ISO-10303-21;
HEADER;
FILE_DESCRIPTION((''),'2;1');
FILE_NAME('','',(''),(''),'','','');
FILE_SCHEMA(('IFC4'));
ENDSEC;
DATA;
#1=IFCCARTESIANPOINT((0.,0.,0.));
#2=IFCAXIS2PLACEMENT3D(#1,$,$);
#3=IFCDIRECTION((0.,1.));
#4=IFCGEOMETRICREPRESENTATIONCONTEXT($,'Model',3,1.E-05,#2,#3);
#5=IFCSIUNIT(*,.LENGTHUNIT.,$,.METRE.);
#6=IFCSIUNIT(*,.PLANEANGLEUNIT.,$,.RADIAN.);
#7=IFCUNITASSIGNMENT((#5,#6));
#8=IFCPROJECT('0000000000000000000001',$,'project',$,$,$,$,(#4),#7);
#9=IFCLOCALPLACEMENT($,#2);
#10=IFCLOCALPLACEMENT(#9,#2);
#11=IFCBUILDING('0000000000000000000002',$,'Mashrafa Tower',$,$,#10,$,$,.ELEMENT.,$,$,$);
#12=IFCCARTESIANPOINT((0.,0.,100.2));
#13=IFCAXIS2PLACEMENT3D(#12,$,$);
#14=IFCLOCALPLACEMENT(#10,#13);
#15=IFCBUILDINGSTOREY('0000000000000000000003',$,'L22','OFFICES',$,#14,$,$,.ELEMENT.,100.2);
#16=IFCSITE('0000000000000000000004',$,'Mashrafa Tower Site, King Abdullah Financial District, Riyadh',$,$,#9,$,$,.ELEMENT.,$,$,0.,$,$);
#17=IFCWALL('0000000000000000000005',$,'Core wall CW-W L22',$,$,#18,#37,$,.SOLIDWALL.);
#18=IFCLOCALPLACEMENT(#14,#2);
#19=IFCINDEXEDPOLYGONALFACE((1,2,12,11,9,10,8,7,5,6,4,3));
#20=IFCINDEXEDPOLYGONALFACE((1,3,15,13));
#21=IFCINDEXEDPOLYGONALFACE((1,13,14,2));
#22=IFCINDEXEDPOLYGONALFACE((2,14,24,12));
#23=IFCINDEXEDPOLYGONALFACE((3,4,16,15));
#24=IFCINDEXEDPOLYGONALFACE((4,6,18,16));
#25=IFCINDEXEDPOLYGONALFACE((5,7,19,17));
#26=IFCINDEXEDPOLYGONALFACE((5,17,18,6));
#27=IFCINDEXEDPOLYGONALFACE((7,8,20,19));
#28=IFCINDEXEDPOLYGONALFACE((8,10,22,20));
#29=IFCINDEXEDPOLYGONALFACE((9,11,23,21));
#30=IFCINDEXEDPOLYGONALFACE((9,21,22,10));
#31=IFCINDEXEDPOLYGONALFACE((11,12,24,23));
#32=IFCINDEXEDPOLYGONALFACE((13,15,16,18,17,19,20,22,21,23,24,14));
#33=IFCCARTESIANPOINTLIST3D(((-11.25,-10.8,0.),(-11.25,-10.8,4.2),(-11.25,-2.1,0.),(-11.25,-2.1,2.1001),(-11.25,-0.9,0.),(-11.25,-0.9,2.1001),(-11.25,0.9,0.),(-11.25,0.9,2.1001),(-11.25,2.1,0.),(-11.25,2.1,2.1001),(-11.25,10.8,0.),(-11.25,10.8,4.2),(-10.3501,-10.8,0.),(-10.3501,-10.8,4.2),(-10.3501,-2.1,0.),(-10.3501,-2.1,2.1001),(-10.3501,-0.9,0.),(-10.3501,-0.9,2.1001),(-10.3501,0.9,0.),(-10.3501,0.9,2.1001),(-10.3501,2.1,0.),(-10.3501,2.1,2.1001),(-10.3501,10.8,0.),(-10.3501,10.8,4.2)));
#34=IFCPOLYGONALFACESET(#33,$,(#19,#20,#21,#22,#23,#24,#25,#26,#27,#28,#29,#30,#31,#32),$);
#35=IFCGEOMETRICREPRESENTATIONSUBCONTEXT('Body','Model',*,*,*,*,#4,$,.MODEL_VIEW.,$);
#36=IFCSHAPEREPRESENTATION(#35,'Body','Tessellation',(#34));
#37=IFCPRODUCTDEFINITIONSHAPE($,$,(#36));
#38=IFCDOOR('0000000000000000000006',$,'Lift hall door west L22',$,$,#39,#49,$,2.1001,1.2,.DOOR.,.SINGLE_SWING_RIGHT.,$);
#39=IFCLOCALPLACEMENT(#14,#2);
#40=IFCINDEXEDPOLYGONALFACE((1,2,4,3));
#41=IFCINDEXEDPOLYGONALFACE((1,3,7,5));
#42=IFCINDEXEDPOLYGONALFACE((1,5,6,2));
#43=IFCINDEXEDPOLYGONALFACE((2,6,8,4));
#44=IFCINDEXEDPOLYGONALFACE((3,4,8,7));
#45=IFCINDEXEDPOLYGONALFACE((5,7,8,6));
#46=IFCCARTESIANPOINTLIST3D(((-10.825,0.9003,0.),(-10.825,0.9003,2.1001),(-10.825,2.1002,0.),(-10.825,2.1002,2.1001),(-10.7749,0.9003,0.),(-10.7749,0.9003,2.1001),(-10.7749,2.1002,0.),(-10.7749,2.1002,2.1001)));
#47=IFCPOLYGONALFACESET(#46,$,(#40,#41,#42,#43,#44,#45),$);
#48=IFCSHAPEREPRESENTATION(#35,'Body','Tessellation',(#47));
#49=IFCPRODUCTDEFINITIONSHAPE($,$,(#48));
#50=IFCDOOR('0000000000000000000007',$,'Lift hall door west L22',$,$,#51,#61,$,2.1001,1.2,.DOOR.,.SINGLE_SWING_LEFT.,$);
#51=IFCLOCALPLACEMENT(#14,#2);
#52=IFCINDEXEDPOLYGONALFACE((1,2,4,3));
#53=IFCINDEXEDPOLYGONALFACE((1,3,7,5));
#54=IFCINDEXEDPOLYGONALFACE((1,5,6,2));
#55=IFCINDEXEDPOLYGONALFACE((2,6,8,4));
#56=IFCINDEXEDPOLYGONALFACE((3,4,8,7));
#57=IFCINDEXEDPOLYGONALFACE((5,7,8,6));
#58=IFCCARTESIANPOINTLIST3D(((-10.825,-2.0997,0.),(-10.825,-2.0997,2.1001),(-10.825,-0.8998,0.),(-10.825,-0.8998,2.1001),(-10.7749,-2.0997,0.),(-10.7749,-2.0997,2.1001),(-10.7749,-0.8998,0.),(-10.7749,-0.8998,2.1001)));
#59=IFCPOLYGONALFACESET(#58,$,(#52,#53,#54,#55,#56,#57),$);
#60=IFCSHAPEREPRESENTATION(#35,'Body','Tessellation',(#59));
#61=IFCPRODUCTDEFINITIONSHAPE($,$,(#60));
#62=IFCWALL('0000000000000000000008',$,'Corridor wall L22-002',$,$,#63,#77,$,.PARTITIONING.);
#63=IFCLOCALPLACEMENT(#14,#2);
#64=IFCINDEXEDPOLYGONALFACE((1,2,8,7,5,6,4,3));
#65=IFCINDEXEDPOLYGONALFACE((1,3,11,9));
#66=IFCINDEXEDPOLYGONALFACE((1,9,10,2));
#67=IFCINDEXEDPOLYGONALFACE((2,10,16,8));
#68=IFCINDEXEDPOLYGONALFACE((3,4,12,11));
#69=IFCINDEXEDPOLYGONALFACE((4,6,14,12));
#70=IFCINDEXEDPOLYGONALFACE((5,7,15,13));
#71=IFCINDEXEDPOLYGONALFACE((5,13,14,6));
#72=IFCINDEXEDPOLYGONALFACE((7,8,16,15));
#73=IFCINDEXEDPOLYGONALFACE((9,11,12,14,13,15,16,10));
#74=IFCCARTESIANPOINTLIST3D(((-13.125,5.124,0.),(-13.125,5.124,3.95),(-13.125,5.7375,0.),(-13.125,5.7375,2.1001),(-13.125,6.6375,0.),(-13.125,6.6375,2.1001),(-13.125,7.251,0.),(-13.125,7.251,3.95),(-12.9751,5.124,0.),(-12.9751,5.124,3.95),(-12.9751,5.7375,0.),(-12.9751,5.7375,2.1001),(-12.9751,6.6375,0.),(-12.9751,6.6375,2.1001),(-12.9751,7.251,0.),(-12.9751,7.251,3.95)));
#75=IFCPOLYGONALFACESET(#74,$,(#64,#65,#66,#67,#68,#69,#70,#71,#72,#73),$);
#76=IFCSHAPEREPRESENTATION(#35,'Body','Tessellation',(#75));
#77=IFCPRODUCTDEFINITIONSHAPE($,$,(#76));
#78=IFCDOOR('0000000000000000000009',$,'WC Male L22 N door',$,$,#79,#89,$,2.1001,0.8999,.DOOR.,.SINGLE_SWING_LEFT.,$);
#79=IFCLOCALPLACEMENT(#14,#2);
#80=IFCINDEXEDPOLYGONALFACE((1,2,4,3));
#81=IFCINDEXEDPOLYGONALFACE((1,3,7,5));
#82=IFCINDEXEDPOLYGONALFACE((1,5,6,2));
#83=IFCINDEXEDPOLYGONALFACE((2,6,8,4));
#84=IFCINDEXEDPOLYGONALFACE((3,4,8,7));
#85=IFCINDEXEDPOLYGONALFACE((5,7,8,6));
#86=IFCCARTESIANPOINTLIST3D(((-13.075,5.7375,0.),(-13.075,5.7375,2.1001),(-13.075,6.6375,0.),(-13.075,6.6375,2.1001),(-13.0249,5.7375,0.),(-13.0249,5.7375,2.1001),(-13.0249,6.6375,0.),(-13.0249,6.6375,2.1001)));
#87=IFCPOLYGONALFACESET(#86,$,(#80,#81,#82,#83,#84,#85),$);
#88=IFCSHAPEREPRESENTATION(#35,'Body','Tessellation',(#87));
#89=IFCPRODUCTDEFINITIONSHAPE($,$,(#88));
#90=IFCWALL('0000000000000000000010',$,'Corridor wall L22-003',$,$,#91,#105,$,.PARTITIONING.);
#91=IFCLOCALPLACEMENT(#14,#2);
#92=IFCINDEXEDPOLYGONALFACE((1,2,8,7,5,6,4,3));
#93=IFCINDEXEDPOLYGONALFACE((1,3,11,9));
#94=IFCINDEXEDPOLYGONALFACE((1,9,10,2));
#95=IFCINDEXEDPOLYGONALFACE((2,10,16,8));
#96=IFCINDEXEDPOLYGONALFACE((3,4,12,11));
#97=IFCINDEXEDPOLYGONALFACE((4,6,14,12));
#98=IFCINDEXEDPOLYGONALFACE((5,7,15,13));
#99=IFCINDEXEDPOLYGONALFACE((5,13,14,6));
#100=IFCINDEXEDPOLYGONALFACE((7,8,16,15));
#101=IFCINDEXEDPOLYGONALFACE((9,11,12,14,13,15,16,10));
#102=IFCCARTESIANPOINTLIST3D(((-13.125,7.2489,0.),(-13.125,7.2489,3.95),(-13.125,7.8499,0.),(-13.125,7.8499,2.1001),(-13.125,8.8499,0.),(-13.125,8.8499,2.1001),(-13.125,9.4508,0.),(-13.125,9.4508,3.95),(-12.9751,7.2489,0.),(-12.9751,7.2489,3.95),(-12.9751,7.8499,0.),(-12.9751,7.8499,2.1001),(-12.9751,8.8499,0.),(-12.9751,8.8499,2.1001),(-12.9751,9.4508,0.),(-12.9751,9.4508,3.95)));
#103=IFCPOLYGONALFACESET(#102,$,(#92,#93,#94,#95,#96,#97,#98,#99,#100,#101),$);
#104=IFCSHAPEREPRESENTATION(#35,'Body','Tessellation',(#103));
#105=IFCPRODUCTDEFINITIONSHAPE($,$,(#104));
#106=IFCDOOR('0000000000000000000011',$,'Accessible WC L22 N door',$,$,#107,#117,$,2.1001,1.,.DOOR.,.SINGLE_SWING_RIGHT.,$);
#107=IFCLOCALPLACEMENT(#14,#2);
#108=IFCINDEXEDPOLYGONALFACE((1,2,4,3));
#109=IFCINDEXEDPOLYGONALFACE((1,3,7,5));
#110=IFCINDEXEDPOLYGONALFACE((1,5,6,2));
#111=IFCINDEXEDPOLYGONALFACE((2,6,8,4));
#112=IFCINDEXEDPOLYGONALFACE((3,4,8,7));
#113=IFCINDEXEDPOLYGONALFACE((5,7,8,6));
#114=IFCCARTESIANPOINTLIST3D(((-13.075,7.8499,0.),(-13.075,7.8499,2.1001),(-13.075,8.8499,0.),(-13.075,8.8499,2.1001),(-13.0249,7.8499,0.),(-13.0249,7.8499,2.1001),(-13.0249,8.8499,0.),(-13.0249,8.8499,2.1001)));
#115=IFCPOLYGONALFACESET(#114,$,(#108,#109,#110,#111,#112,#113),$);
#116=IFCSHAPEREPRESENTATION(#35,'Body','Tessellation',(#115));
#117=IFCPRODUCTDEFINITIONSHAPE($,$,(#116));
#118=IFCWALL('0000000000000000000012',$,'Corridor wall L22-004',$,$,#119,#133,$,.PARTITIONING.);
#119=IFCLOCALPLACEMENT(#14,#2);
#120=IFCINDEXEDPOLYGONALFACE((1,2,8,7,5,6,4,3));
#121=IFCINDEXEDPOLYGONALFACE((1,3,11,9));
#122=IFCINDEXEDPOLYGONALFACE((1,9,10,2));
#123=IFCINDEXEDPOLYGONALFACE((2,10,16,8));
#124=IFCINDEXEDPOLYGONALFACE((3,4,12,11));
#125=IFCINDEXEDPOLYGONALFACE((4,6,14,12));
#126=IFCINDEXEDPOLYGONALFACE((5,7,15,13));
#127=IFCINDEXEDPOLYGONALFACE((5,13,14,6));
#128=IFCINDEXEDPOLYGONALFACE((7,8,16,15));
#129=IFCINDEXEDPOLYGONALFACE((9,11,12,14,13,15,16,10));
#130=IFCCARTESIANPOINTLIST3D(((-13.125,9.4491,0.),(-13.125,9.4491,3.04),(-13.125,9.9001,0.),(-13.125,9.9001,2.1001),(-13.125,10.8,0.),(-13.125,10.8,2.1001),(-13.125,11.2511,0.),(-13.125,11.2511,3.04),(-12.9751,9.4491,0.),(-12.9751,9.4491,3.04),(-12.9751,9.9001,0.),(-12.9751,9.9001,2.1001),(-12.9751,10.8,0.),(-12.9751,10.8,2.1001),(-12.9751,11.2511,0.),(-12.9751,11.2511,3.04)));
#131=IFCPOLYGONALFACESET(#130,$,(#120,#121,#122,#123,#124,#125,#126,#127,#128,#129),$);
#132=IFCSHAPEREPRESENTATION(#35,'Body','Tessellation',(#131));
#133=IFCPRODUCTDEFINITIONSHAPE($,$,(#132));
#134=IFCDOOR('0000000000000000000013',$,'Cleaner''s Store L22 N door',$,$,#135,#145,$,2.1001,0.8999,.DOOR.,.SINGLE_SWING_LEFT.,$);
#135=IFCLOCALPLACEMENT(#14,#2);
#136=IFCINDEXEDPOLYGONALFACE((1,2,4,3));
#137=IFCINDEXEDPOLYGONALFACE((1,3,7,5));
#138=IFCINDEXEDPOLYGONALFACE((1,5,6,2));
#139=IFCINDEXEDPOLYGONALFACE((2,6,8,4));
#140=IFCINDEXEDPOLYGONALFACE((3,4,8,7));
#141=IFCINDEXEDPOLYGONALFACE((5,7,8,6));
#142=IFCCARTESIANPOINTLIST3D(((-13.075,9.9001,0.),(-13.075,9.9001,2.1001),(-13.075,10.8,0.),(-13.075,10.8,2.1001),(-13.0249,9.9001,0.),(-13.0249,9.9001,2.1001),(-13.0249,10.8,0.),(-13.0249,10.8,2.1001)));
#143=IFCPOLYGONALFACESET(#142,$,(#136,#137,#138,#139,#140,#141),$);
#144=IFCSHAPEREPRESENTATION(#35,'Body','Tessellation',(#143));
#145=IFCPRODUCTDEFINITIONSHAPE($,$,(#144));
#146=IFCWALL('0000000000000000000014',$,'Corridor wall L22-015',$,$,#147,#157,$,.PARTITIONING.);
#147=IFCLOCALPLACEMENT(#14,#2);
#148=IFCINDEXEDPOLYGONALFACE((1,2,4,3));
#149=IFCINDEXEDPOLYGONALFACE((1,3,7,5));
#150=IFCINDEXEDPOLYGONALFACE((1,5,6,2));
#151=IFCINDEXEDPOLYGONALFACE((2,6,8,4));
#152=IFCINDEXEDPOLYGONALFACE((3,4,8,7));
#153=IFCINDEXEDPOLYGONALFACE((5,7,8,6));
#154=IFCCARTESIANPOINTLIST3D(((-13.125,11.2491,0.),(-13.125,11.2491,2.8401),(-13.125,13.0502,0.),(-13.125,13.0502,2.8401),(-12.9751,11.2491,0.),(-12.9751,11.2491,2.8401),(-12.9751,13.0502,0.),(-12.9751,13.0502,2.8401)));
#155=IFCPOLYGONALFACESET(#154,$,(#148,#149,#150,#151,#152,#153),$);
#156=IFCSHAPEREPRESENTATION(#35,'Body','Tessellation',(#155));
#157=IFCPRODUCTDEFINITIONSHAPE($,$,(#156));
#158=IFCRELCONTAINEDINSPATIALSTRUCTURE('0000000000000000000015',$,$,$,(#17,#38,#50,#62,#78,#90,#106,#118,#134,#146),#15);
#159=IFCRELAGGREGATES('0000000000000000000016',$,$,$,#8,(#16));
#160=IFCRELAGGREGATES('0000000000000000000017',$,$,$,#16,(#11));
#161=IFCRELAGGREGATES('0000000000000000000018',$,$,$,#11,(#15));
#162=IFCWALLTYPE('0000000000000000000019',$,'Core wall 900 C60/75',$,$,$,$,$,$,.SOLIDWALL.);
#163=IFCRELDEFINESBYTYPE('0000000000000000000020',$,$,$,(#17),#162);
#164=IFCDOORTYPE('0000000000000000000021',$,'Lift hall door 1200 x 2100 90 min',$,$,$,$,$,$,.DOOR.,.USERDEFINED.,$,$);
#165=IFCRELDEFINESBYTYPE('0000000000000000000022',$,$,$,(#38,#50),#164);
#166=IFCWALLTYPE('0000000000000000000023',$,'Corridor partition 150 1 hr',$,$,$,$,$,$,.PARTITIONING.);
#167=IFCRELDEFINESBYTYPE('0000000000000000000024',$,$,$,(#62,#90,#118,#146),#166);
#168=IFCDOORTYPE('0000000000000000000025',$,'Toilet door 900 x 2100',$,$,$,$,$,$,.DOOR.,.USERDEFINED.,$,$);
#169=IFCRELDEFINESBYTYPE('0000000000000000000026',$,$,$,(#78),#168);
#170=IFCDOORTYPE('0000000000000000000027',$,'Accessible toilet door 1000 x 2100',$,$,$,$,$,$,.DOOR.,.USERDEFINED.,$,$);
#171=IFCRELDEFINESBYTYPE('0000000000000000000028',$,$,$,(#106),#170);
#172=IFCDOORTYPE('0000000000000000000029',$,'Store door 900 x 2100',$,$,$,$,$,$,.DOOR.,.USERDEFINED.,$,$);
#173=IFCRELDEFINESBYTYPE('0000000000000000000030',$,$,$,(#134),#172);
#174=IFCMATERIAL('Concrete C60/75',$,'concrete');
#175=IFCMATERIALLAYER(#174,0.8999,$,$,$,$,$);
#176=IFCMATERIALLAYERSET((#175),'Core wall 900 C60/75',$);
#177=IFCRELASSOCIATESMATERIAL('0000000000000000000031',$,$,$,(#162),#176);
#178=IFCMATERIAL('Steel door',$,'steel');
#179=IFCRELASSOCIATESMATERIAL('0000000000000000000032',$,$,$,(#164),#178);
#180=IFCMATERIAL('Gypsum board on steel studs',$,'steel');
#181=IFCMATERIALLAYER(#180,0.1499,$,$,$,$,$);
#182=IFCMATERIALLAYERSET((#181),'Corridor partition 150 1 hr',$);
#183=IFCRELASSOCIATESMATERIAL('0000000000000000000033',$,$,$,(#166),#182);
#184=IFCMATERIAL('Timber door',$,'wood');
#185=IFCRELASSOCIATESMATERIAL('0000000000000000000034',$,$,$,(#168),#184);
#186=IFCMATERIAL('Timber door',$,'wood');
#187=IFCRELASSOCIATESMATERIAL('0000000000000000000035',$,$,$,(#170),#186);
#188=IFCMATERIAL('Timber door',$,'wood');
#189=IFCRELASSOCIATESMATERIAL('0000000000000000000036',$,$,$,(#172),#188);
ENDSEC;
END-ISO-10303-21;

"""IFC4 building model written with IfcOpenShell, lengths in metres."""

from ifc_helpers import new_model, si_unit, direction, frame, frame_2d, origin, place, context, subcontext, project, spatial, rectangle, extrude, material, layer, layer_set, type_object, element, fill, save


model = new_model("IFC4")

# Units and contexts
model_context = context("Model", 3, precision=1e-05, world=origin(), true_north=direction((0.0, 1.0)))
body_context = subcontext(model_context, "Body", "Model", "MODEL_VIEW")
ifc_project = project(units=[si_unit("LENGTHUNIT", "METRE"), si_unit("PLANEANGLEUNIT", "RADIAN")], contexts=[model_context])

# Site, building, storey
site_placement = place(None, origin())
site = spatial("IfcSite", under=ifc_project, at=site_placement, Name="Mashrafa Tower Site, King Abdullah Financial District, Riyadh", CompositionType="ELEMENT", RefElevation=0.0)
building_placement = place(site_placement, origin())
building = spatial("IfcBuilding", under=site, at=building_placement, Name="Mashrafa Tower", CompositionType="ELEMENT")
storey_placement = place(building_placement, frame((0.0, 0.0, 100.2)))
storey = spatial("IfcBuildingStorey", under=building, at=storey_placement, Name="L22", Description="OFFICES", CompositionType="ELEMENT", Elevation=100.2)

# Wall, openings, doors
ifc_material_1 = material(Name="Concrete C60/75", Category="concrete")
ifc_layer_1 = layer(ifc_material_1, 0.8999)
ifc_layer_set_1 = layer_set([ifc_layer_1], Name="Core wall 900 C60/75")
wall_type_1 = type_object("IfcWallType", Name="Core wall 900 C60/75", PredefinedType="SOLIDWALL", material=ifc_layer_set_1)
wall_1_placement = place(storey_placement, frame((-10.8, 10.8, 0.0), z_axis=(0.0, 0.0, 1.0), x_axis=(0.0, -1.0, 0.0)))
wall_1 = element("IfcWall", 1, at=wall_1_placement, inside=storey, type_object=wall_type_1, Name="Core wall CW-W L22", PredefinedType="SOLIDWALL", context=body_context, shape_type="SweptSolid", body=[
    extrude(rectangle(XDim=21.6001, YDim=0.8999, at=frame_2d((10.8, 0.0))), origin(), (0.0, 0.0, 1.0), 4.2),
])
opening_1_placement = place(wall_1_placement, frame((8.7, 0.0, 0.0)))
opening_1 = element("IfcOpeningElement", 2, at=opening_1_placement, cuts=wall_1, PredefinedType="OPENING", context=body_context, shape_type="SweptSolid", body=[
    extrude(rectangle(XDim=1.2, YDim=2.1001, at=frame_2d((0.6001, 1.05))), frame((0.0, 0.46, 0.0), z_axis=(0.0, -1.0, 0.0), x_axis=(1.0, 0.0, 0.0)), (0.0, 0.0, 1.0), 0.9199),
])
opening_2_placement = place(wall_1_placement, frame((11.7, 0.0, 0.0)))
opening_2 = element("IfcOpeningElement", 3, at=opening_2_placement, cuts=wall_1, PredefinedType="OPENING", context=body_context, shape_type="SweptSolid", body=[
    extrude(rectangle(XDim=1.2, YDim=2.1001, at=frame_2d((0.6001, 1.05))), frame((0.0, 0.46, 0.0), z_axis=(0.0, -1.0, 0.0), x_axis=(1.0, 0.0, 0.0)), (0.0, 0.0, 1.0), 0.9199),
])
ifc_material_2 = material(Name="Steel door", Category="steel")
door_type_1 = type_object("IfcDoorType", Name="Lift hall door 1200 x 2100 90 min", OperationType="USERDEFINED", PredefinedType="DOOR", material=ifc_material_2)
door_1_placement = place(opening_1_placement, frame((1.2, 0.0, 0.0), z_axis=(0.0, 0.0, 1.0), x_axis=(-1.0, 0.0, 0.0)))
door_1 = element("IfcDoor", 4, at=door_1_placement, inside=storey, type_object=door_type_1, Name="Lift hall door west L22", OperationType="SINGLE_SWING_RIGHT", OverallHeight=2.1001, OverallWidth=1.2, PredefinedType="DOOR", context=body_context, shape_type="SweptSolid", body=[
    extrude(rectangle(XDim=1.2, YDim=2.1001, at=frame_2d((0.6001, 1.05))), frame((0.0, 0.0249, 0.0), z_axis=(0.0, -1.0, 0.0), x_axis=(1.0, 0.0, 0.0)), (0.0, 0.0, 1.0), 0.05),
])
fill(opening_1, door_1)
door_2_placement = place(opening_2_placement, frame((1.2, 0.0, 0.0), z_axis=(0.0, 0.0, 1.0), x_axis=(-1.0, 0.0, 0.0)))
door_2 = element("IfcDoor", 5, at=door_2_placement, inside=storey, type_object=door_type_1, Name="Lift hall door west L22", OperationType="SINGLE_SWING_LEFT", OverallHeight=2.1001, OverallWidth=1.2, PredefinedType="DOOR", context=body_context, shape_type="SweptSolid", body=[
    extrude(rectangle(XDim=1.2, YDim=2.1001, at=frame_2d((0.6001, 1.05))), frame((0.0, 0.0249, 0.0), z_axis=(0.0, -1.0, 0.0), x_axis=(1.0, 0.0, 0.0)), (0.0, 0.0, 1.0), 0.05),
])
fill(opening_2, door_2)

# Walls, openings, doors
ifc_material_3 = material(Name="Gypsum board on steel studs", Category="steel")
ifc_layer_2 = layer(ifc_material_3, 0.1499)
ifc_layer_set_2 = layer_set([ifc_layer_2], Name="Corridor partition 150 1 hr")
wall_type_2 = type_object("IfcWallType", Name="Corridor partition 150 1 hr", PredefinedType="PARTITIONING", material=ifc_layer_set_2)
wall_2_placement = place(storey_placement, frame((-13.05, 7.251, 0.0), z_axis=(0.0, 0.0, 1.0), x_axis=(0.0, -1.0, 0.0)))
wall_2 = element("IfcWall", 6, at=wall_2_placement, inside=storey, type_object=wall_type_2, Name="Corridor wall L22-002", PredefinedType="PARTITIONING", context=body_context, shape_type="SweptSolid", body=[
    extrude(rectangle(XDim=2.127, YDim=0.1499, at=frame_2d((1.0635, 0.0))), origin(), (0.0, 0.0, 1.0), 3.95),
])
opening_3_placement = place(wall_2_placement, frame((0.6135, 0.0, 0.0)))
opening_3 = element("IfcOpeningElement", 7, at=opening_3_placement, cuts=wall_2, PredefinedType="OPENING", context=body_context, shape_type="SweptSolid", body=[
    extrude(rectangle(XDim=0.8999, YDim=2.1001, at=frame_2d((0.45, 1.05))), frame((0.0, 0.085, 0.0), z_axis=(0.0, -1.0, 0.0), x_axis=(1.0, 0.0, 0.0)), (0.0, 0.0, 1.0), 0.1699),
])
ifc_material_4 = material(Name="Timber door", Category="wood")
door_type_2 = type_object("IfcDoorType", Name="Toilet door 900 x 2100", OperationType="USERDEFINED", PredefinedType="DOOR", material=ifc_material_4)
door_3_placement = place(opening_3_placement, frame((0.8999, 0.0, 0.0), z_axis=(0.0, 0.0, 1.0), x_axis=(-1.0, 0.0, 0.0)))
door_3 = element("IfcDoor", 8, at=door_3_placement, inside=storey, type_object=door_type_2, Name="WC Male L22 N door", OperationType="SINGLE_SWING_LEFT", OverallHeight=2.1001, OverallWidth=0.8999, PredefinedType="DOOR", context=body_context, shape_type="SweptSolid", body=[
    extrude(rectangle(XDim=0.8999, YDim=2.1001, at=frame_2d((0.45, 1.05))), frame((0.0, 0.0249, 0.0), z_axis=(0.0, -1.0, 0.0), x_axis=(1.0, 0.0, 0.0)), (0.0, 0.0, 1.0), 0.05),
])
fill(opening_3, door_3)
wall_3_placement = place(storey_placement, frame((-13.05, 9.4509, 0.0), z_axis=(0.0, 0.0, 1.0), x_axis=(0.0, -1.0, 0.0)))
wall_3 = element("IfcWall", 9, at=wall_3_placement, inside=storey, type_object=wall_type_2, Name="Corridor wall L22-003", PredefinedType="PARTITIONING", context=body_context, shape_type="SweptSolid", body=[
    extrude(rectangle(XDim=2.2019, YDim=0.1499, at=frame_2d((1.1011, 0.0))), origin(), (0.0, 0.0, 1.0), 3.95),
])
opening_4_placement = place(wall_3_placement, frame((0.6011, 0.0, 0.0)))
opening_4 = element("IfcOpeningElement", 10, at=opening_4_placement, cuts=wall_3, PredefinedType="OPENING", context=body_context, shape_type="SweptSolid", body=[
    extrude(rectangle(XDim=1.0, YDim=2.1001, at=frame_2d((0.5, 1.05))), frame((0.0, 0.085, 0.0), z_axis=(0.0, -1.0, 0.0), x_axis=(1.0, 0.0, 0.0)), (0.0, 0.0, 1.0), 0.1699),
])
ifc_material_5 = material(Name="Timber door", Category="wood")
door_type_3 = type_object("IfcDoorType", Name="Accessible toilet door 1000 x 2100", OperationType="USERDEFINED", PredefinedType="DOOR", material=ifc_material_5)
door_4_placement = place(opening_4_placement, frame((1.0, 0.0, 0.0), z_axis=(0.0, 0.0, 1.0), x_axis=(-1.0, 0.0, 0.0)))
door_4 = element("IfcDoor", 11, at=door_4_placement, inside=storey, type_object=door_type_3, Name="Accessible WC L22 N door", OperationType="SINGLE_SWING_RIGHT", OverallHeight=2.1001, OverallWidth=1.0, PredefinedType="DOOR", context=body_context, shape_type="SweptSolid", body=[
    extrude(rectangle(XDim=1.0, YDim=2.1001, at=frame_2d((0.5, 1.05))), frame((0.0, 0.0249, 0.0), z_axis=(0.0, -1.0, 0.0), x_axis=(1.0, 0.0, 0.0)), (0.0, 0.0, 1.0), 0.05),
])
fill(opening_4, door_4)
wall_4_placement = place(storey_placement, frame((-13.05, 11.251, 0.0), z_axis=(0.0, 0.0, 1.0), x_axis=(0.0, -1.0, 0.0)))
wall_4 = element("IfcWall", 12, at=wall_4_placement, inside=storey, type_object=wall_type_2, Name="Corridor wall L22-004", PredefinedType="PARTITIONING", context=body_context, shape_type="SweptSolid", body=[
    extrude(rectangle(XDim=1.802, YDim=0.1499, at=frame_2d((0.9009, 0.0))), origin(), (0.0, 0.0, 1.0), 3.04),
])
opening_5_placement = place(wall_4_placement, frame((0.4509, 0.0, 0.0)))
opening_5 = element("IfcOpeningElement", 13, at=opening_5_placement, cuts=wall_4, PredefinedType="OPENING", context=body_context, shape_type="SweptSolid", body=[
    extrude(rectangle(XDim=0.8999, YDim=2.1001, at=frame_2d((0.45, 1.05))), frame((0.0, 0.085, 0.0), z_axis=(0.0, -1.0, 0.0), x_axis=(1.0, 0.0, 0.0)), (0.0, 0.0, 1.0), 0.1699),
])
ifc_material_6 = material(Name="Timber door", Category="wood")
door_type_4 = type_object("IfcDoorType", Name="Store door 900 x 2100", OperationType="USERDEFINED", PredefinedType="DOOR", material=ifc_material_6)
door_5_placement = place(opening_5_placement, frame((0.8999, 0.0, 0.0), z_axis=(0.0, 0.0, 1.0), x_axis=(-1.0, 0.0, 0.0)))
door_5 = element("IfcDoor", 14, at=door_5_placement, inside=storey, type_object=door_type_4, Name="Cleaner's Store L22 N door", OperationType="SINGLE_SWING_LEFT", OverallHeight=2.1001, OverallWidth=0.8999, PredefinedType="DOOR", context=body_context, shape_type="SweptSolid", body=[
    extrude(rectangle(XDim=0.8999, YDim=2.1001, at=frame_2d((0.45, 1.05))), frame((0.0, 0.0249, 0.0), z_axis=(0.0, -1.0, 0.0), x_axis=(1.0, 0.0, 0.0)), (0.0, 0.0, 1.0), 0.05),
])
fill(opening_5, door_5)

# Wall
wall_5_placement = place(storey_placement, frame((-13.05, 13.05, 0.0), z_axis=(0.0, 0.0, 1.0), x_axis=(0.0, -1.0, 0.0)))
element("IfcWall", 15, at=wall_5_placement, inside=storey, type_object=wall_type_2, Name="Corridor wall L22-015", PredefinedType="PARTITIONING", context=body_context, shape_type="SweptSolid", body=[
    extrude(rectangle(XDim=1.801, YDim=0.1499, at=frame_2d((0.9004, 0.0))), origin(), (0.0, 0.0, 1.0), 2.8401),
])

save(model, "model.ifc")
